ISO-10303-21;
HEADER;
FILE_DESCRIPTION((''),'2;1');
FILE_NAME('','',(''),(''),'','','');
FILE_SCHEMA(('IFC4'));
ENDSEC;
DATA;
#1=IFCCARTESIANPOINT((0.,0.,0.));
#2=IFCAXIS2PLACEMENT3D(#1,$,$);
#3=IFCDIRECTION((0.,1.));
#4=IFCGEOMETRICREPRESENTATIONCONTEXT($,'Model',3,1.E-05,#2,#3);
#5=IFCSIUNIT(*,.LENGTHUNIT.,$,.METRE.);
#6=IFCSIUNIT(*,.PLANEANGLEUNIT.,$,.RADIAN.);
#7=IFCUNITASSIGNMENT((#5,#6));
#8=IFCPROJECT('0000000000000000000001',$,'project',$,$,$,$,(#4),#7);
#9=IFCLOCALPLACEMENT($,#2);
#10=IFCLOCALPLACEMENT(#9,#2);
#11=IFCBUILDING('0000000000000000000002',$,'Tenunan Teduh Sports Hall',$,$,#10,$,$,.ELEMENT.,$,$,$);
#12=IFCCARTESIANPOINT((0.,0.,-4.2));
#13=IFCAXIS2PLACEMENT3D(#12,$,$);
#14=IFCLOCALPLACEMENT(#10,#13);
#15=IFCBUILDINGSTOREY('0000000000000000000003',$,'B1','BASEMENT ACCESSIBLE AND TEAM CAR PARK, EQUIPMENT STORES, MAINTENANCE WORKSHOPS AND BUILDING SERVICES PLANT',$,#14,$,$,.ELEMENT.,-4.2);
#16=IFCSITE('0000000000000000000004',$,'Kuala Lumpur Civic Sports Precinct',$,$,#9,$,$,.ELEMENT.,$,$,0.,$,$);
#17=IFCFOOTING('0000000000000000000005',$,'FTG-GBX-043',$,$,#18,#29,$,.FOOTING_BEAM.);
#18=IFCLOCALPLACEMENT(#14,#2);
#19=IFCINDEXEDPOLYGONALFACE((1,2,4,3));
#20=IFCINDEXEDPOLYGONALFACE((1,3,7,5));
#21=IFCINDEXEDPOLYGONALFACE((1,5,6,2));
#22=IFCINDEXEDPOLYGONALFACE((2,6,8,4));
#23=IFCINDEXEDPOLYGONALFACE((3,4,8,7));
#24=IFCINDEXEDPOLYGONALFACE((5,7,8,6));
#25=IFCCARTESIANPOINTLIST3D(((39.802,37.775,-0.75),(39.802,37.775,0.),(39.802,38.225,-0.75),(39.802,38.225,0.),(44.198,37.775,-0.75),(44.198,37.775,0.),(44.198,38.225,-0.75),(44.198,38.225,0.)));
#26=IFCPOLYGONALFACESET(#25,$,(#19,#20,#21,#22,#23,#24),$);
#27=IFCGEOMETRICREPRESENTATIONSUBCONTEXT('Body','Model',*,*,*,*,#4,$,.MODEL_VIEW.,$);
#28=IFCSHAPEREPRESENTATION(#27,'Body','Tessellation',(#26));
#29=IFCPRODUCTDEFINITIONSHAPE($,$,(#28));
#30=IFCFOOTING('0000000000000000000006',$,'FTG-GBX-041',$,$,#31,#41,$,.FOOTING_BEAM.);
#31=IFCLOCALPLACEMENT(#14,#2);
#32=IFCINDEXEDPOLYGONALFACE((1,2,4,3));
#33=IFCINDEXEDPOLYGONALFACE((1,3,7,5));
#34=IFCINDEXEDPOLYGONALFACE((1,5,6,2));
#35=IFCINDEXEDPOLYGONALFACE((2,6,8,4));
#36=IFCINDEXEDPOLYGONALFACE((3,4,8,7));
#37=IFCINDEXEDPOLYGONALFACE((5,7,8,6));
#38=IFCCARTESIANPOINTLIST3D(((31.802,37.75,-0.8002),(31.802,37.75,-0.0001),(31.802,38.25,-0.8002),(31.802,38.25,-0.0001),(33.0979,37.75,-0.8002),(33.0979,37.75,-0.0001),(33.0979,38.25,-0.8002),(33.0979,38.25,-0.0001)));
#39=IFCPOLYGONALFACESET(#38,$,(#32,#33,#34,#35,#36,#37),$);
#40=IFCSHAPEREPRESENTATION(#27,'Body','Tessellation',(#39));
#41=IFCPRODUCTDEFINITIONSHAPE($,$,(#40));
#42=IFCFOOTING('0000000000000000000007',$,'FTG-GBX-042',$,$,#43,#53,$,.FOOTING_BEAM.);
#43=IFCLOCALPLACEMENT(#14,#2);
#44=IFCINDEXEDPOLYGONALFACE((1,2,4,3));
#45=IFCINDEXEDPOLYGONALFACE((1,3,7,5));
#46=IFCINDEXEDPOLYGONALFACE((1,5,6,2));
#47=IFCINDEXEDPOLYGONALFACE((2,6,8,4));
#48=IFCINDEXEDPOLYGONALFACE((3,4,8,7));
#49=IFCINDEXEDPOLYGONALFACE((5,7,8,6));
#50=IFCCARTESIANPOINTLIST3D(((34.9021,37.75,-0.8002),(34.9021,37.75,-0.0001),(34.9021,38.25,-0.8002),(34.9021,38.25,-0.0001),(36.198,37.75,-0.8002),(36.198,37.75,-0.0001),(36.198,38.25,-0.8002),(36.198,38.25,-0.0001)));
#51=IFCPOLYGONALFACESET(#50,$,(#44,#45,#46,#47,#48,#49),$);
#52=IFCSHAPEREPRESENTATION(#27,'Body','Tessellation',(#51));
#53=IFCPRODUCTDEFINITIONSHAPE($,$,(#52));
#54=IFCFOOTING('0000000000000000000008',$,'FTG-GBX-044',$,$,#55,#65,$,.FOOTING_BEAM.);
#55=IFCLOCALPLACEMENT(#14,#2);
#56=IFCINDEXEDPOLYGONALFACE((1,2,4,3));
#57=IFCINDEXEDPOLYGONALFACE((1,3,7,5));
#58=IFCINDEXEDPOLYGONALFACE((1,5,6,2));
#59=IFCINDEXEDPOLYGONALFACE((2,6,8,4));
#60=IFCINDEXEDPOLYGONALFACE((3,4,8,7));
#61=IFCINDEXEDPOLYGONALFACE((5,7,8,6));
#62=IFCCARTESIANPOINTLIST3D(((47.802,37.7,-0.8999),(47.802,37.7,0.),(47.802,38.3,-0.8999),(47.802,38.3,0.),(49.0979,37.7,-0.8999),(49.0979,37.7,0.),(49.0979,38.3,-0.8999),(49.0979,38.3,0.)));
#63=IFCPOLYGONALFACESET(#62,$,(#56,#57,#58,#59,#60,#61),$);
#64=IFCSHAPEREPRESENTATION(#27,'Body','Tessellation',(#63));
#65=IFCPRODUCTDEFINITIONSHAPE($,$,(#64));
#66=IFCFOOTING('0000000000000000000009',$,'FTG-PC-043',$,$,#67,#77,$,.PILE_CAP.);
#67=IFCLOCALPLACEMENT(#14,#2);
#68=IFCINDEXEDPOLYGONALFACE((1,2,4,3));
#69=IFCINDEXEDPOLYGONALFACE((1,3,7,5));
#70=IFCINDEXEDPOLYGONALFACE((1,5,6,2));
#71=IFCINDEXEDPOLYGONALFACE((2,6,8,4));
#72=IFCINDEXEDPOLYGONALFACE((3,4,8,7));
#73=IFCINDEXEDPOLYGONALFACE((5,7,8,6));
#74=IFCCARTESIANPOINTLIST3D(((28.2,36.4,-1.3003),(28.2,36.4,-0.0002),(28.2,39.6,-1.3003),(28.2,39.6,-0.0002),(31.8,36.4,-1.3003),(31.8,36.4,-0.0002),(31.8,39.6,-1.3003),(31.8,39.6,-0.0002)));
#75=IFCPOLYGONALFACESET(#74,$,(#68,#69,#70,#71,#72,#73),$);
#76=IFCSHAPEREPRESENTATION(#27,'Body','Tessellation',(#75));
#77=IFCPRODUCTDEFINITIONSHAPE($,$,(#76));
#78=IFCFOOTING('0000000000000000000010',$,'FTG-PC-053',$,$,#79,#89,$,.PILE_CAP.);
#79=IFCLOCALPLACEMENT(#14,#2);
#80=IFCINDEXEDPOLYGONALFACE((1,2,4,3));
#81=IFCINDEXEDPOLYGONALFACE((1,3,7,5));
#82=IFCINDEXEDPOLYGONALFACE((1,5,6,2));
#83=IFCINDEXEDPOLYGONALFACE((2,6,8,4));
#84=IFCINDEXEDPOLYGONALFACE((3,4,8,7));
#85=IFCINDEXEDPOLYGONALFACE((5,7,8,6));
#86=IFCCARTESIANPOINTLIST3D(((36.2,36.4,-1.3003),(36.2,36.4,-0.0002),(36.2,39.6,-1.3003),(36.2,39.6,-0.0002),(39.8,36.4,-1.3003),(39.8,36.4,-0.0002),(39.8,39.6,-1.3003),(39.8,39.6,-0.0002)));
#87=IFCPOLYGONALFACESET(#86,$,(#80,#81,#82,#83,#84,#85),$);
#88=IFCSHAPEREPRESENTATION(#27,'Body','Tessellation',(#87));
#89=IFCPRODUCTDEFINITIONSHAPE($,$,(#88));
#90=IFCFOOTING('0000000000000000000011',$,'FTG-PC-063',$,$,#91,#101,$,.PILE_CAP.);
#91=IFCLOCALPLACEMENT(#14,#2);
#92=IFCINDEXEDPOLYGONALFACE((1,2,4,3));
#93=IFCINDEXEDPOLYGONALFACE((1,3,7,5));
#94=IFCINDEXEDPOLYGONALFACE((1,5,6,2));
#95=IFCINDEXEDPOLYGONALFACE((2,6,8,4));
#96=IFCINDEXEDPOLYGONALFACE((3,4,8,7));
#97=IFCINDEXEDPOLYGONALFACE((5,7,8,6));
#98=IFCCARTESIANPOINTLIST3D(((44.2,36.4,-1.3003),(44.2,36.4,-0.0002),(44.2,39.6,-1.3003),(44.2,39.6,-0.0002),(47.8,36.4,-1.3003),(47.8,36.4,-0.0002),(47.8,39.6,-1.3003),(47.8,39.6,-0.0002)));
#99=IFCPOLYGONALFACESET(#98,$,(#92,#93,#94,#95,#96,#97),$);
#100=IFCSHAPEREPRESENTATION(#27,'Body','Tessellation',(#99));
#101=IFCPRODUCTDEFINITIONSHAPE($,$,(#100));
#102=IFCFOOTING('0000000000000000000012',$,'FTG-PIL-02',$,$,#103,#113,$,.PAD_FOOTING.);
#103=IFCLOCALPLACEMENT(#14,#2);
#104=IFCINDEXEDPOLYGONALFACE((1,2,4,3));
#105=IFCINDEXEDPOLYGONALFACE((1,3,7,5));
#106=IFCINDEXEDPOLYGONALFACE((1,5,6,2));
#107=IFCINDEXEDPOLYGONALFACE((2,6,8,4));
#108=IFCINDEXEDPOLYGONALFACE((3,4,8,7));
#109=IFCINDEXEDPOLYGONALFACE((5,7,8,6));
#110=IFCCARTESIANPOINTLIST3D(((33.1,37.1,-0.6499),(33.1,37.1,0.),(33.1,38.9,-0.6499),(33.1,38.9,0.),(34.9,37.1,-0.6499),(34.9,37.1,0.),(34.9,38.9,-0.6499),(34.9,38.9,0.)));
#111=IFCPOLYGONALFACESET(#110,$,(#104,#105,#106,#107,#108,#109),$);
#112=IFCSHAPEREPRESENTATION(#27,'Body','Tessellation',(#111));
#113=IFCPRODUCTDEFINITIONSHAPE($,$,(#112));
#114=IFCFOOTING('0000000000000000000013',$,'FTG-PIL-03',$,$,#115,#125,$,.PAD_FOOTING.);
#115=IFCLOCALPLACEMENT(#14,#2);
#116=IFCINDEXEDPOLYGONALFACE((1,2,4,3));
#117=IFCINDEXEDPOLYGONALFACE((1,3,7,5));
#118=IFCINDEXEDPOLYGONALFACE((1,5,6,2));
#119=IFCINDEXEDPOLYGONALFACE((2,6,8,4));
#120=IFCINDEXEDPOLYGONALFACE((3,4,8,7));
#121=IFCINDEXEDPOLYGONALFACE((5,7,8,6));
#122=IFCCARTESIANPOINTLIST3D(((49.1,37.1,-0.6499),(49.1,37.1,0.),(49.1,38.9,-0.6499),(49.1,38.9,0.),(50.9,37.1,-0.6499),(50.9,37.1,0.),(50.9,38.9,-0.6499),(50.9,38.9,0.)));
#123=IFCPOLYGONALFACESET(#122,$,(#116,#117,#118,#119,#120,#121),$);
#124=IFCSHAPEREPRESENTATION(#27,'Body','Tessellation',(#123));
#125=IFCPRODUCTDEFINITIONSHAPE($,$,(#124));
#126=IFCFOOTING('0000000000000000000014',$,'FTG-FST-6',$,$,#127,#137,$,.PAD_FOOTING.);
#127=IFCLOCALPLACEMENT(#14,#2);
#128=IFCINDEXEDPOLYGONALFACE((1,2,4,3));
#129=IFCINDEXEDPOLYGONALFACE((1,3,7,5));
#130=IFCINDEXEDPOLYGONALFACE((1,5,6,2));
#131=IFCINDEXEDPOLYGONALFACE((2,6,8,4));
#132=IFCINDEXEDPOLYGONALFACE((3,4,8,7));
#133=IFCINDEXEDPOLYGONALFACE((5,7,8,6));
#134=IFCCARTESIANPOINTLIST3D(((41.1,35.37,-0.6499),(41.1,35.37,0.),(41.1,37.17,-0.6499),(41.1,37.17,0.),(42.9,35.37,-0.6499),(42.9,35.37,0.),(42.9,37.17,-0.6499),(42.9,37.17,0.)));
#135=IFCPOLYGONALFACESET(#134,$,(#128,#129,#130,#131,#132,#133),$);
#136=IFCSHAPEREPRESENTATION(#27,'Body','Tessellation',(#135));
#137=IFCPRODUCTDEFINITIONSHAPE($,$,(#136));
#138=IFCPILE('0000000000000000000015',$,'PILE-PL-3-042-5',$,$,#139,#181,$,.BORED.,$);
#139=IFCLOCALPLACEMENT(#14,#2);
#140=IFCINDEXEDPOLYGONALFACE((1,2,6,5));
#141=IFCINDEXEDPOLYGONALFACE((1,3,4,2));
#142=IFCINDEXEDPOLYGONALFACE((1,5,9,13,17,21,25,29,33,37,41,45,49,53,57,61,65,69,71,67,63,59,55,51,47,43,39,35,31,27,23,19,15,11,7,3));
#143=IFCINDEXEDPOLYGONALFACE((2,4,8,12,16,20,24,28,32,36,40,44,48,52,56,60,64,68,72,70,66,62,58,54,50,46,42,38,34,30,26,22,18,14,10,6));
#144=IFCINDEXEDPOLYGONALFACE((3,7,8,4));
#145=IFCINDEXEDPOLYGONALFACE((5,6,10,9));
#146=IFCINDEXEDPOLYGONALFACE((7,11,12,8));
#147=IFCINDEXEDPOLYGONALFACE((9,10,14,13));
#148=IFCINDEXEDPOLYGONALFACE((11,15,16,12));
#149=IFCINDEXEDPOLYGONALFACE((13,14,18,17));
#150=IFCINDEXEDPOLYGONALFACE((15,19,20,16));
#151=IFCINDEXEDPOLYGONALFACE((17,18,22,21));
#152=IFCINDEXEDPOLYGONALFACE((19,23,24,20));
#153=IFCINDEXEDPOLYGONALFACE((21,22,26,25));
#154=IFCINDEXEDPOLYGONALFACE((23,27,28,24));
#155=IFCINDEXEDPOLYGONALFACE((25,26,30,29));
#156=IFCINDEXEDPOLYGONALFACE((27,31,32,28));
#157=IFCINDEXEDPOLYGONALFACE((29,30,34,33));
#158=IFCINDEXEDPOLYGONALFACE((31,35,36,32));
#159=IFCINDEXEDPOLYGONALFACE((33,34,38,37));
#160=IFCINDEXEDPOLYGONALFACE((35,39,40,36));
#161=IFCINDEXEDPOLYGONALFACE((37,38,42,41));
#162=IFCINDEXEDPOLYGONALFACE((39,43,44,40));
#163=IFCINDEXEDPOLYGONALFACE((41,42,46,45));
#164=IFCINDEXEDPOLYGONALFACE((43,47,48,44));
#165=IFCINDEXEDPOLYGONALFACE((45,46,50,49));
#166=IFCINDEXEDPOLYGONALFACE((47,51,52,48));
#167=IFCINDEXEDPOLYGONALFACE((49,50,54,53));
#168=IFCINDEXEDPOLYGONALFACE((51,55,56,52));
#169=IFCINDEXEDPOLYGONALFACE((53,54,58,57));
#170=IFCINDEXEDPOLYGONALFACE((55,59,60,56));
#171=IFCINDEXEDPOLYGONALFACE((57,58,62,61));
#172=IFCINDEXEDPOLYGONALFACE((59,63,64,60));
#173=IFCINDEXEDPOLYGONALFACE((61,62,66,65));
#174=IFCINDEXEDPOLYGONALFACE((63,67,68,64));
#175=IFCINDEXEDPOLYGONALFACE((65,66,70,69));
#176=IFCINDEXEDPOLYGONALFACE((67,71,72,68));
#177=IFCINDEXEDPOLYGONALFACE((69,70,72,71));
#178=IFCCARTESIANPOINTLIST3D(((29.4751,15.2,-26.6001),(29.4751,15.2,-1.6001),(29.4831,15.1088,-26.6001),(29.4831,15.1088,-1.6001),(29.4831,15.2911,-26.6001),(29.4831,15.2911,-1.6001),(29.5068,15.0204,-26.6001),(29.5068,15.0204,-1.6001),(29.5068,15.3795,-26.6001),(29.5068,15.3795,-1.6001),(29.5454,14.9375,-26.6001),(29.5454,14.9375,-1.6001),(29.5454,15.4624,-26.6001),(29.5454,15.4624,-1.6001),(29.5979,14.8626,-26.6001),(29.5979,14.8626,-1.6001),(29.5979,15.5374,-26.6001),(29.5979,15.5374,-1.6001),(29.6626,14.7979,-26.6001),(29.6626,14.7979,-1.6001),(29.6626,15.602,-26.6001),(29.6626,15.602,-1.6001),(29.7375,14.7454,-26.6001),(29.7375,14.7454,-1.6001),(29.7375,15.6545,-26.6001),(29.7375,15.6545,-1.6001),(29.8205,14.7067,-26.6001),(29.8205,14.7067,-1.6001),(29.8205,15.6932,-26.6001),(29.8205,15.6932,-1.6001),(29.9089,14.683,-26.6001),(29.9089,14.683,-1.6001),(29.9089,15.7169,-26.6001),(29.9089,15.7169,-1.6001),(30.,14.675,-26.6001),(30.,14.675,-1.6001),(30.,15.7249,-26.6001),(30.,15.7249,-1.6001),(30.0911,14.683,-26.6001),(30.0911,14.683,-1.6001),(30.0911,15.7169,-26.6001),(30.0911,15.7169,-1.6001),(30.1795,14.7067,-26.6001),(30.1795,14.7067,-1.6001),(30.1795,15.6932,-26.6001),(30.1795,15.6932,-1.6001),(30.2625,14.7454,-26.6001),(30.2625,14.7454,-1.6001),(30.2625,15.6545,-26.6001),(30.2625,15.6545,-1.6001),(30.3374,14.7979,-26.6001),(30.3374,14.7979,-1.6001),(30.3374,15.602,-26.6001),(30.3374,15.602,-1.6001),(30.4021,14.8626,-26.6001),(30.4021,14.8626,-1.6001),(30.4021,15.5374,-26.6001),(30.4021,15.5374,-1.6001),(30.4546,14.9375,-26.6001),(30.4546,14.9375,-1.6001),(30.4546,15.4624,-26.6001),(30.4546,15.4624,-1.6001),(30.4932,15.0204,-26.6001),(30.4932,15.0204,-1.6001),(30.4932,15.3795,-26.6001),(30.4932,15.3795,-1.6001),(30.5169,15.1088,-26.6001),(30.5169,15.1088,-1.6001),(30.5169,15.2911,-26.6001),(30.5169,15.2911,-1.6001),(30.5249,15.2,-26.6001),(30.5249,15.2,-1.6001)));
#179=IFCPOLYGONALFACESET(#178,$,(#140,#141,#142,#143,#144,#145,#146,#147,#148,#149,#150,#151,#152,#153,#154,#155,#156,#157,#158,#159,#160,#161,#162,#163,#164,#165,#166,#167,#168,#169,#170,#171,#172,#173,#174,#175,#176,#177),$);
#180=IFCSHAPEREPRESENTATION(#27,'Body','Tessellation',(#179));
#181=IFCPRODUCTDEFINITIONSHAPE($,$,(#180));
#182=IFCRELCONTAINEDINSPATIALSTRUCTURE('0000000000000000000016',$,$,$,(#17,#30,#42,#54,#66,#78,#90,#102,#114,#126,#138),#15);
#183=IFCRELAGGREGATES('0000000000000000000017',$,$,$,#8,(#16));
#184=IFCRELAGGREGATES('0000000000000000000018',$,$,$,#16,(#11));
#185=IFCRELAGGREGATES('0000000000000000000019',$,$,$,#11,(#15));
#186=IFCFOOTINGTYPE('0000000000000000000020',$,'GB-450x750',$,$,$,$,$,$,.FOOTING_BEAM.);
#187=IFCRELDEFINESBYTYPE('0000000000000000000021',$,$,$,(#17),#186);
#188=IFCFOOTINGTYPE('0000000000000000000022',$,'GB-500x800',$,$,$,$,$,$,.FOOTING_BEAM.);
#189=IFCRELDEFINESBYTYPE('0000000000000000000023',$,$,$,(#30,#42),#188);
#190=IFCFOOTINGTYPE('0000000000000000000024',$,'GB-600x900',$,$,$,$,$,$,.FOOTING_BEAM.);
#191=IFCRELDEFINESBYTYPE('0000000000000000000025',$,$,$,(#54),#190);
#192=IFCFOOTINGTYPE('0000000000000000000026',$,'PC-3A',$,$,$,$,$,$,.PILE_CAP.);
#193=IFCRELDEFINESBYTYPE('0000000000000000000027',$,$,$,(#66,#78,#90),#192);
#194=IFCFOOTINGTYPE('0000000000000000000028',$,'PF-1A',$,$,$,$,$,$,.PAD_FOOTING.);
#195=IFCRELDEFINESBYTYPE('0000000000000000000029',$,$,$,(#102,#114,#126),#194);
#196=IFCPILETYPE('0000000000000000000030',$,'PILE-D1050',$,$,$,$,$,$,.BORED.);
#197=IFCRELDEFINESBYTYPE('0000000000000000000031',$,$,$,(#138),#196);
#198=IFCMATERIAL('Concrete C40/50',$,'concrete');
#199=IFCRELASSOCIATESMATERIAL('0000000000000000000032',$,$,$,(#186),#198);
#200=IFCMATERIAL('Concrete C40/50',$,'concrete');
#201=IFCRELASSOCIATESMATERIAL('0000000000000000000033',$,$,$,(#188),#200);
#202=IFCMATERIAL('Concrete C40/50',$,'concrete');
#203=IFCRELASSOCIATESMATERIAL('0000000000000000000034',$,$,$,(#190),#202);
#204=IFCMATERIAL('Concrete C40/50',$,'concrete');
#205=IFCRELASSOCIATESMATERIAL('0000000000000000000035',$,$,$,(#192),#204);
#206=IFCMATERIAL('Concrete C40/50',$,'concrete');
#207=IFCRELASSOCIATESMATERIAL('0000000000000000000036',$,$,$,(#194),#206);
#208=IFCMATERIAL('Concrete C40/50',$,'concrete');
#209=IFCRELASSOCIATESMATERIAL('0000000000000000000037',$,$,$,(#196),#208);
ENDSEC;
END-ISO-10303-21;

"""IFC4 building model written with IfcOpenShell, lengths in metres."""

from ifc_helpers import new_model, si_unit, direction, frame, origin, origin_2d, place, context, subcontext, project, spatial, rectangle, circle, extrude, material, material_profile, profile_set, type_object, element, save


model = new_model("IFC4")

# Units and contexts
model_context = context("Model", 3, precision=1e-05, world=origin(), true_north=direction((0.0, 1.0)))
body_context = subcontext(model_context, "Body", "Model", "MODEL_VIEW")
ifc_project = project(units=[si_unit("LENGTHUNIT", "METRE"), si_unit("PLANEANGLEUNIT", "RADIAN")], contexts=[model_context])

# Site, building, storey
site_placement = place(None, origin())
site = spatial("IfcSite", under=ifc_project, at=site_placement, Name="Kuala Lumpur Civic Sports Precinct", CompositionType="ELEMENT", RefElevation=0.0)
building_placement = place(site_placement, origin())
building = spatial("IfcBuilding", under=site, at=building_placement, Name="Tenunan Teduh Sports Hall", CompositionType="ELEMENT")
storey_placement = place(building_placement, frame((0.0, 0.0, -4.2)))
storey = spatial("IfcBuildingStorey", under=building, at=storey_placement, Name="B1", Description="BASEMENT ACCESSIBLE AND TEAM CAR PARK, EQUIPMENT STORES, MAINTENANCE WORKSHOPS AND BUILDING SERVICES PLANT", CompositionType="ELEMENT", Elevation=-4.2)

# Footings
ifc_material_1 = material(Name="Concrete C40/50", Category="concrete")
ifc_material_profile_1 = material_profile(ifc_material_1, rectangle(XDim=0.45, YDim=0.75, at=origin_2d()), Name="RCB 450x750")
ifc_profile_set_1 = profile_set([ifc_material_profile_1], Name="Concrete C40/50")
footing_type_1 = type_object("IfcFootingType", Name="GB-450x750", PredefinedType="FOOTING_BEAM", material=ifc_profile_set_1)
footing_1_placement = place(storey_placement, frame((39.802, 38.0, -0.375), z_axis=(1.0, 0.0, 0.0), x_axis=(0.0, 1.0, 0.0)))
element("IfcFooting", 1, at=footing_1_placement, inside=storey, type_object=footing_type_1, Name="FTG-GBX-043", PredefinedType="FOOTING_BEAM", context=body_context, shape_type="SweptSolid", body=[
    extrude(rectangle(XDim=0.45, YDim=0.75, at=origin_2d()), origin(), (0.0, 0.0, 1.0), 4.396),
])
ifc_material_2 = material(Name="Concrete C40/50", Category="concrete")
ifc_material_profile_2 = material_profile(ifc_material_2, rectangle(XDim=0.5, YDim=0.8, at=origin_2d()), Name="RCB 500x800")
ifc_profile_set_2 = profile_set([ifc_material_profile_2], Name="Concrete C40/50")
footing_type_2 = type_object("IfcFootingType", Name="GB-500x800", PredefinedType="FOOTING_BEAM", material=ifc_profile_set_2)
for number, where, z_axis, x_axis, name in (
    (2, (31.802, 38.0, -0.4001), (1.0, 0.0, 0.0), (0.0, 1.0, 0.0), "FTG-GBX-041"),
    (3, (34.9021, 38.0, -0.4001), (1.0, 0.0, 0.0), (0.0, 1.0, 0.0), "FTG-GBX-042"),
):
    element("IfcFooting", number, at=place(storey_placement, frame(where, z_axis=z_axis, x_axis=x_axis)), inside=storey, type_object=footing_type_2, Name=name, PredefinedType="FOOTING_BEAM", context=body_context, shape_type="SweptSolid", body=[
        extrude(rectangle(XDim=0.5, YDim=0.8, at=origin_2d()), origin(), (0.0, 0.0, 1.0), 1.2959),
    ])
ifc_material_3 = material(Name="Concrete C40/50", Category="concrete")
ifc_material_profile_3 = material_profile(ifc_material_3, rectangle(XDim=0.6001, YDim=0.8999, at=origin_2d()), Name="RCB 600x900")
ifc_profile_set_3 = profile_set([ifc_material_profile_3], Name="Concrete C40/50")
footing_type_3 = type_object("IfcFootingType", Name="GB-600x900", PredefinedType="FOOTING_BEAM", material=ifc_profile_set_3)
footing_2_placement = place(storey_placement, frame((47.802, 38.0, -0.45), z_axis=(1.0, 0.0, 0.0), x_axis=(0.0, 1.0, 0.0)))
element("IfcFooting", 4, at=footing_2_placement, inside=storey, type_object=footing_type_3, Name="FTG-GBX-044", PredefinedType="FOOTING_BEAM", context=body_context, shape_type="SweptSolid", body=[
    extrude(rectangle(XDim=0.6001, YDim=0.8999, at=origin_2d()), origin(), (0.0, 0.0, 1.0), 1.2959),
])
ifc_material_4 = material(Name="Concrete C40/50", Category="concrete")
footing_type_4 = type_object("IfcFootingType", Name="PC-3A", PredefinedType="PILE_CAP", material=ifc_material_4)
for number, where, z_axis, x_axis, name in (
    (5, (30.0, 38.0, -1.3003), (0.0, 0.0, 1.0), (1.0, 0.0, 0.0), "FTG-PC-043"),
    (6, (38.0, 38.0, -1.3003), (0.0, 0.0, 1.0), (1.0, 0.0, 0.0), "FTG-PC-053"),
    (7, (46.0, 38.0, -1.3003), (0.0, 0.0, 1.0), (1.0, 0.0, 0.0), "FTG-PC-063"),
):
    element("IfcFooting", number, at=place(storey_placement, frame(where, z_axis=z_axis, x_axis=x_axis)), inside=storey, type_object=footing_type_4, Name=name, PredefinedType="PILE_CAP", context=body_context, shape_type="SweptSolid", body=[
        extrude(rectangle(XDim=3.6001, YDim=3.2, at=origin_2d()), origin(), (0.0, 0.0, 1.0), 1.3),
    ])
ifc_material_5 = material(Name="Concrete C40/50", Category="concrete")
footing_type_5 = type_object("IfcFootingType", Name="PF-1A", PredefinedType="PAD_FOOTING", material=ifc_material_5)
for number, where, z_axis, x_axis, name in (
    (8, (34.0, 38.0, -0.6499), (0.0, 0.0, 1.0), (1.0, 0.0, 0.0), "FTG-PIL-02"),
    (9, (50.0, 38.0, -0.6499), (0.0, 0.0, 1.0), (1.0, 0.0, 0.0), "FTG-PIL-03"),
    (10, (42.0, 36.27, -0.6499), (0.0, 0.0, 1.0), (1.0, 0.0, 0.0), "FTG-FST-6"),
):
    element("IfcFooting", number, at=place(storey_placement, frame(where, z_axis=z_axis, x_axis=x_axis)), inside=storey, type_object=footing_type_5, Name=name, PredefinedType="PAD_FOOTING", context=body_context, shape_type="SweptSolid", body=[
        extrude(rectangle(XDim=1.8, YDim=1.8, at=origin_2d()), origin(), (0.0, 0.0, 1.0), 0.6499),
    ])

# Pile
ifc_material_6 = material(Name="Concrete C40/50", Category="concrete")
ifc_material_profile_4 = material_profile(ifc_material_6, circle(Radius=0.5249, at=origin_2d()), Name="PILE D1050")
ifc_profile_set_4 = profile_set([ifc_material_profile_4], Name="Concrete C40/50")
pile_type_1 = type_object("IfcPileType", Name="PILE-D1050", PredefinedType="BORED", material=ifc_profile_set_4)
for number, where, z_axis, x_axis, name in (
    (11, (30.0, 15.2, -1.6001), (0.0, 0.0, -1.0), (1.0, 0.0, 0.0), "PILE-PL-3-042-5"),
):
    element("IfcPile", number, at=place(storey_placement, frame(where, z_axis=z_axis, x_axis=x_axis)), inside=storey, type_object=pile_type_1, Name=name, PredefinedType="BORED", context=body_context, shape_type="SweptSolid", body=[
        extrude(circle(Radius=0.5249, at=origin_2d()), origin(), (0.0, 0.0, 1.0), 25.0),
    ])

save(model, "model.ifc")
